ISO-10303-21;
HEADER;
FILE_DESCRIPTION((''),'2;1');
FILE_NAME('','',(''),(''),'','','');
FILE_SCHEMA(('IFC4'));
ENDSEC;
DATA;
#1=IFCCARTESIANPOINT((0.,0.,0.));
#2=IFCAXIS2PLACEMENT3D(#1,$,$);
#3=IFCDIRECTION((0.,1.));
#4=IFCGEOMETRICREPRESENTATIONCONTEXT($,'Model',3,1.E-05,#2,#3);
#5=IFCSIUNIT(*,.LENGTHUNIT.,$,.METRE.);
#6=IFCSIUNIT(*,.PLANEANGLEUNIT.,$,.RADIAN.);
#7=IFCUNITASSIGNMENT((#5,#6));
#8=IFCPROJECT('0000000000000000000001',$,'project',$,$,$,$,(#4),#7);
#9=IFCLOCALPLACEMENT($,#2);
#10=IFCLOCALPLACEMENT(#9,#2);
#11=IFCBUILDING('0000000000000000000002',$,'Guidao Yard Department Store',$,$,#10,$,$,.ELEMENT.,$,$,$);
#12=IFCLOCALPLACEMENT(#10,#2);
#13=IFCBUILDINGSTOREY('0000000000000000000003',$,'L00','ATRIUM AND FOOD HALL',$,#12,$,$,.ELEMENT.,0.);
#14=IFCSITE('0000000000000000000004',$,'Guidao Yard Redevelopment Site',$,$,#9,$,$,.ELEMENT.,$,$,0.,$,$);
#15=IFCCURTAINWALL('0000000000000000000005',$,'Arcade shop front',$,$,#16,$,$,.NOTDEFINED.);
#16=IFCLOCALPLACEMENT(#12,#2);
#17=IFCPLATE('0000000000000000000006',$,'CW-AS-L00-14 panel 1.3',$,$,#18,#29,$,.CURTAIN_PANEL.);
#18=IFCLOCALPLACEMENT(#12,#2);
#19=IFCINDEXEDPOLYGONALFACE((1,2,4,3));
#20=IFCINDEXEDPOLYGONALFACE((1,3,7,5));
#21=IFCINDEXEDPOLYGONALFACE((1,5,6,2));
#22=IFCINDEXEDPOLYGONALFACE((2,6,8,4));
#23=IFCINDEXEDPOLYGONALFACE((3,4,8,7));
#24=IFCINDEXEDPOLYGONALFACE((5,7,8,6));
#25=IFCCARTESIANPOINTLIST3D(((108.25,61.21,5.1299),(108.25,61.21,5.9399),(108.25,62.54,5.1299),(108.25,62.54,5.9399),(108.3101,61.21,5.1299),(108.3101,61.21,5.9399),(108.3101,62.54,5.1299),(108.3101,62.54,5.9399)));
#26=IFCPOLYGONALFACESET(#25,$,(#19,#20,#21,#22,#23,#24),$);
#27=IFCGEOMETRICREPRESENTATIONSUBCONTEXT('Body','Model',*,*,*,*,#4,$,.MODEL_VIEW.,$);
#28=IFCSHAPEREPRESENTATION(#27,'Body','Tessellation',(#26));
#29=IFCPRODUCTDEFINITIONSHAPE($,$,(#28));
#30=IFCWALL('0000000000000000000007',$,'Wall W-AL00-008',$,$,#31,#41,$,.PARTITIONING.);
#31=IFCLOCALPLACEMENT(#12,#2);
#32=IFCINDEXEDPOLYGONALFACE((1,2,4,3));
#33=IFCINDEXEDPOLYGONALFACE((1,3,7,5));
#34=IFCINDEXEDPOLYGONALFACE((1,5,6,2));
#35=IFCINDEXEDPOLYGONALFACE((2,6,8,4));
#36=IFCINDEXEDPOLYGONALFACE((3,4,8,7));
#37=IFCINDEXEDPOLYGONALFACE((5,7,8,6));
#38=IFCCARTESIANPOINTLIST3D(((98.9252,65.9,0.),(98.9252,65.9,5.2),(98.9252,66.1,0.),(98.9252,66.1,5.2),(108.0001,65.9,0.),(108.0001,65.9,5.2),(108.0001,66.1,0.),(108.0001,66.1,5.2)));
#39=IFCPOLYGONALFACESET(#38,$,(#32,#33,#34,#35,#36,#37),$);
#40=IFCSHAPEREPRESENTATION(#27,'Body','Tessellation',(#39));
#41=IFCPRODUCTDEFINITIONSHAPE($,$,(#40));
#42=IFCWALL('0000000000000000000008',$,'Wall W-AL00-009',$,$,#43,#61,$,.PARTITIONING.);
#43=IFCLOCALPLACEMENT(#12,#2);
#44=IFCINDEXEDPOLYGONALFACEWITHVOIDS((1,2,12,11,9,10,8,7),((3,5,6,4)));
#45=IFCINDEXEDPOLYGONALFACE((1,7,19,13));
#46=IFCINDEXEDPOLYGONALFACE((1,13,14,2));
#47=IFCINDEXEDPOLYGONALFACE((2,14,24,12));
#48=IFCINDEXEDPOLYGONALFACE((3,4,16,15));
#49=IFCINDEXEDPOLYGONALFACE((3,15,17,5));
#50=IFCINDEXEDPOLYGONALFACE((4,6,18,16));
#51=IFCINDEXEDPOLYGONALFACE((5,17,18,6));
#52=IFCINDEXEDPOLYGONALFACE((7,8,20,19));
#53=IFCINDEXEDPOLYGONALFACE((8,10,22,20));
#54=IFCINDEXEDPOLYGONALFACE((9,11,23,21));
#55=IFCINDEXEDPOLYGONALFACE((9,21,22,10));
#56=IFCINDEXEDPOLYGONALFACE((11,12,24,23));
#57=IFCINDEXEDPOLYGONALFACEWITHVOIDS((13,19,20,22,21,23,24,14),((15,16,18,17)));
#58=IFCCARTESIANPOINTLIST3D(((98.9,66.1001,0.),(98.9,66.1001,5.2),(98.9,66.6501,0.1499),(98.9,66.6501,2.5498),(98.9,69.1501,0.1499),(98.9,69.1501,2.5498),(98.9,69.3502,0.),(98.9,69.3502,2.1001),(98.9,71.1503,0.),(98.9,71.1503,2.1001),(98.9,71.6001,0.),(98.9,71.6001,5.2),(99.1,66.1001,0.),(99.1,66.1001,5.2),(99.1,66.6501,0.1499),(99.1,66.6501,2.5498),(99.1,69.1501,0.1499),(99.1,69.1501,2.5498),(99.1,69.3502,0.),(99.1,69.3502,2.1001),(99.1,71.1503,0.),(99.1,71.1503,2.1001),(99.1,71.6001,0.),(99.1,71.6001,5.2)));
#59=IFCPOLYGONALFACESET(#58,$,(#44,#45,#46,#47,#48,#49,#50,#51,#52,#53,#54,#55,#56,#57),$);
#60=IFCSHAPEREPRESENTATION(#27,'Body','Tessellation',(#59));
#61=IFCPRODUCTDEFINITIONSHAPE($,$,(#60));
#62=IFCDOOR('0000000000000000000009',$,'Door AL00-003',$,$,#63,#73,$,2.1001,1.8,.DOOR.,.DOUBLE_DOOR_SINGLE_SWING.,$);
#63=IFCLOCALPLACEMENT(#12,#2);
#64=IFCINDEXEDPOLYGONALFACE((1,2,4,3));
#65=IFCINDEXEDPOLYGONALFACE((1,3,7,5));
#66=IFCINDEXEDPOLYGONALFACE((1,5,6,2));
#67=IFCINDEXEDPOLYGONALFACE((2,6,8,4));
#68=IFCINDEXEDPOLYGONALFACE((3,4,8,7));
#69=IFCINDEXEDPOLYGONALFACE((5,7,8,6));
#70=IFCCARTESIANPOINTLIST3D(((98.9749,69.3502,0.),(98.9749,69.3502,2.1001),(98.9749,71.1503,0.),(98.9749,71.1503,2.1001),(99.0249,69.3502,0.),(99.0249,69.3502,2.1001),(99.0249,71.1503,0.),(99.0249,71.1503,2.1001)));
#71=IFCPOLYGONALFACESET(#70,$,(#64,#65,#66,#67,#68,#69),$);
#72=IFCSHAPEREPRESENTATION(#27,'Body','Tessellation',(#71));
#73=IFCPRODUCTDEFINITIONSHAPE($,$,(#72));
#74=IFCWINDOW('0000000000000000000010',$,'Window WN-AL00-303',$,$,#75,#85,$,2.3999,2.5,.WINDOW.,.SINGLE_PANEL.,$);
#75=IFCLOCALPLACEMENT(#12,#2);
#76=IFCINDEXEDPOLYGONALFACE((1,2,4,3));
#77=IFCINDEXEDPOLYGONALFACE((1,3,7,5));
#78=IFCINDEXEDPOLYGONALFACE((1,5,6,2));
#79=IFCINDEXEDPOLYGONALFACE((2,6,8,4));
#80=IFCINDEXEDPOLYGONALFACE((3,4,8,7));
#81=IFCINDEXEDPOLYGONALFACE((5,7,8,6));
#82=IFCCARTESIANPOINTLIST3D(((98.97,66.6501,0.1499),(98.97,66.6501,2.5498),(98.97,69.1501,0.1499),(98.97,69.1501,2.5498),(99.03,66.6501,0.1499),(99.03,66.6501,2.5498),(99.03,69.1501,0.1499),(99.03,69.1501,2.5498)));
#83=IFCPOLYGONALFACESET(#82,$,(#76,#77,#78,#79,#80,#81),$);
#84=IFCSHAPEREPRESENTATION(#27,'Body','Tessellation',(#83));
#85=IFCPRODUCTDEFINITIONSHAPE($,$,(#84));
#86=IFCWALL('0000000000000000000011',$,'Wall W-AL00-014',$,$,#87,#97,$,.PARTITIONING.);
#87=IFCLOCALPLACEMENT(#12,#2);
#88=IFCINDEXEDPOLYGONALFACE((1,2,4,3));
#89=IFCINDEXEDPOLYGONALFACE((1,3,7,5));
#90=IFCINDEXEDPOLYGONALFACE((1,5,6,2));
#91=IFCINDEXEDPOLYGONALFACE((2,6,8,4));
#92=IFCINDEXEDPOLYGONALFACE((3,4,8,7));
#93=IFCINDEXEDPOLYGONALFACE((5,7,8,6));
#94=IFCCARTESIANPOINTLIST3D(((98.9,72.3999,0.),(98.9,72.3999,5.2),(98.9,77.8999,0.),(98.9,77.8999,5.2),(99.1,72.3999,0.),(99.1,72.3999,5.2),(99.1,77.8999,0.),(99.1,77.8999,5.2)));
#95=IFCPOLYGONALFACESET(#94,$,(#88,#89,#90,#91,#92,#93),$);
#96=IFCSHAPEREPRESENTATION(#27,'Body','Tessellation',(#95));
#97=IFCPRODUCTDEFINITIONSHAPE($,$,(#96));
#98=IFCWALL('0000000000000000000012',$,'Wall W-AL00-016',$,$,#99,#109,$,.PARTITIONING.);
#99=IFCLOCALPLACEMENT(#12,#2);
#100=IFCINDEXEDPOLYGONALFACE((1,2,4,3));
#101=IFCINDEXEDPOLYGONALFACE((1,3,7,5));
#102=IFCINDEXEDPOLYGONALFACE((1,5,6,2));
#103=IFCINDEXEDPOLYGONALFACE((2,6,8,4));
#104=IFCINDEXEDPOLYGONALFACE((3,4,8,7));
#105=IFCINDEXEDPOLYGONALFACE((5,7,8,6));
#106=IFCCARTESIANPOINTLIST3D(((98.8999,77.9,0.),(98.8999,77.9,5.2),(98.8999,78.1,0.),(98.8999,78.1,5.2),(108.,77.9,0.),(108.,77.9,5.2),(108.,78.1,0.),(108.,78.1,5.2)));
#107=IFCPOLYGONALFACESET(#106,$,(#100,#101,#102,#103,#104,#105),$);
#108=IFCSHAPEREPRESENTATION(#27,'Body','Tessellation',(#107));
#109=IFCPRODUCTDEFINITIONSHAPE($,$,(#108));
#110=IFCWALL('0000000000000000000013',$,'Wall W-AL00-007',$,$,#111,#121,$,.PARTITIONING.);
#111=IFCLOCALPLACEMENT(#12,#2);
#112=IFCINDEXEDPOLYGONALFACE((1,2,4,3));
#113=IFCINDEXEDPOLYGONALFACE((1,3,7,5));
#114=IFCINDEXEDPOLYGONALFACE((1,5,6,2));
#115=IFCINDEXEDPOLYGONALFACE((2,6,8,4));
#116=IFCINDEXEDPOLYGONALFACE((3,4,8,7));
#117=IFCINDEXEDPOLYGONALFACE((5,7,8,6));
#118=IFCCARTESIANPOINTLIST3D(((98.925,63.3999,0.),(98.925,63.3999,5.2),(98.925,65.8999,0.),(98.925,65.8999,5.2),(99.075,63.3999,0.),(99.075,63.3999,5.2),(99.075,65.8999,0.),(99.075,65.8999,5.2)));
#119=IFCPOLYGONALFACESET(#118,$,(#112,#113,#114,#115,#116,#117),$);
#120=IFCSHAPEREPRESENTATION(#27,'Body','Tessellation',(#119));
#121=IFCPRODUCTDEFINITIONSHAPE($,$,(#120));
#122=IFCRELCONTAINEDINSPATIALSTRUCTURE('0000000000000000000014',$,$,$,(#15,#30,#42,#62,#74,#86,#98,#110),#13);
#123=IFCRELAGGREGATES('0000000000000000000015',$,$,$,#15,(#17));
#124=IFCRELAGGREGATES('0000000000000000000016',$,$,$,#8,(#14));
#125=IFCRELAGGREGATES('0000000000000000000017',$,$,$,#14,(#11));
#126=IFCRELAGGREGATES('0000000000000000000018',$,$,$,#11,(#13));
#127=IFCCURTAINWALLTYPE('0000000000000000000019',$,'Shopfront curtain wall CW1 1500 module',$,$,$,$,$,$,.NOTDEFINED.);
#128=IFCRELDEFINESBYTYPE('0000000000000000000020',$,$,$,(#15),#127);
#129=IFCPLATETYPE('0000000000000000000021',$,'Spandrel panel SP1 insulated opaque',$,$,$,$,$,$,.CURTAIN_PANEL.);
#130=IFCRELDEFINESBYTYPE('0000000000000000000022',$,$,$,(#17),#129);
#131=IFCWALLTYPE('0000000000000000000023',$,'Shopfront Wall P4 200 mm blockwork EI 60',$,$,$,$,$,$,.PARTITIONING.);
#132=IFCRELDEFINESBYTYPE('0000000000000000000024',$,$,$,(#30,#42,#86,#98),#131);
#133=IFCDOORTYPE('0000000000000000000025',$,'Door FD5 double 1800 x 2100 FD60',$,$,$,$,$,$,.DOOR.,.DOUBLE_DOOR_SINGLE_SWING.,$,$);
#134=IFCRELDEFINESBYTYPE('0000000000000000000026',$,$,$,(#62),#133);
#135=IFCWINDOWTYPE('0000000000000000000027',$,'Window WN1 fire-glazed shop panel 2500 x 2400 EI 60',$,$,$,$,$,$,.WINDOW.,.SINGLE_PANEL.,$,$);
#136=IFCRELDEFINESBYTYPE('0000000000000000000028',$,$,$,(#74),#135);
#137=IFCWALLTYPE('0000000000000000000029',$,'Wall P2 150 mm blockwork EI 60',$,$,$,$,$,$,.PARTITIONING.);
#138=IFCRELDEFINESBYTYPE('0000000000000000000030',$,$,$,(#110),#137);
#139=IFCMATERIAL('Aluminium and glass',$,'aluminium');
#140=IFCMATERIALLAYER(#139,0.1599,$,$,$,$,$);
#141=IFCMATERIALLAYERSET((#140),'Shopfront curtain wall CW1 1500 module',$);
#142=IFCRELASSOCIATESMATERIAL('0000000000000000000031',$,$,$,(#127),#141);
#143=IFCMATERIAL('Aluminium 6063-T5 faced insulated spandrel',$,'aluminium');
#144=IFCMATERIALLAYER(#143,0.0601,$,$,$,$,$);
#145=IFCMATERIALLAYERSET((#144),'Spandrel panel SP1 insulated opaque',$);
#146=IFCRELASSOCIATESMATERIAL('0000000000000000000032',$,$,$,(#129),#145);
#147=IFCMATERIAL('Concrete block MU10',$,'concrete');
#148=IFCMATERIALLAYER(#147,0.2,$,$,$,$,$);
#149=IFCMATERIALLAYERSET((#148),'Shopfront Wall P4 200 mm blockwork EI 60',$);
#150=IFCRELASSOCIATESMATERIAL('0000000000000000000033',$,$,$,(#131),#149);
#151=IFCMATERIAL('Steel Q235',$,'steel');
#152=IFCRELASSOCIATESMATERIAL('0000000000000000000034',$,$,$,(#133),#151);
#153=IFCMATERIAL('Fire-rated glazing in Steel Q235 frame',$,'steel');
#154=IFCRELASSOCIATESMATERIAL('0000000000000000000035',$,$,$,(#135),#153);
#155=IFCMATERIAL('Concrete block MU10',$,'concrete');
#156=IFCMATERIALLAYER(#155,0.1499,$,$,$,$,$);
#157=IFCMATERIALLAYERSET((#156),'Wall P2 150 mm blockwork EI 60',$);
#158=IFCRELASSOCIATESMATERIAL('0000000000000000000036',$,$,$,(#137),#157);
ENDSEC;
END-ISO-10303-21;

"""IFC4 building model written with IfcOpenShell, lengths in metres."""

from ifc_helpers import new_model, si_unit, direction, frame, frame_2d, origin, origin_2d, place, context, subcontext, project, spatial, rectangle, extrude, material, layer, layer_set, type_object, element, fill, aggregate, save


model = new_model("IFC4")

# Units and contexts
model_context = context("Model", 3, precision=1e-05, world=origin(), true_north=direction((0.0, 1.0)))
body_context = subcontext(model_context, "Body", "Model", "MODEL_VIEW")
ifc_project = project(units=[si_unit("LENGTHUNIT", "METRE"), si_unit("PLANEANGLEUNIT", "RADIAN")], contexts=[model_context])

# Site, building, storey
site_placement = place(None, origin())
site = spatial("IfcSite", under=ifc_project, at=site_placement, Name="Guidao Yard Redevelopment Site", CompositionType="ELEMENT", RefElevation=0.0)
building_placement = place(site_placement, origin())
building = spatial("IfcBuilding", under=site, at=building_placement, Name="Guidao Yard Department Store", CompositionType="ELEMENT")
storey_placement = place(building_placement, origin())
storey = spatial("IfcBuildingStorey", under=building, at=storey_placement, Name="L00", Description="ATRIUM AND FOOD HALL", CompositionType="ELEMENT", Elevation=0.0)

# Curtain wall
ifc_material_1 = material(Name="Aluminium and glass", Category="aluminium")
ifc_layer_1 = layer(ifc_material_1, 0.1599)
ifc_layer_set_1 = layer_set([ifc_layer_1], Name="Shopfront curtain wall CW1 1500 module")
curtain_wall_type = type_object("IfcCurtainWallType", Name="Shopfront curtain wall CW1 1500 module", PredefinedType="NOTDEFINED", material=ifc_layer_set_1)
curtain_wall_1_placement = place(storey_placement, origin())
curtain_wall_1 = element("IfcCurtainWall", 1, at=curtain_wall_1_placement, inside=storey, type_object=curtain_wall_type, Name="Arcade shop front", PredefinedType="NOTDEFINED")

# Plate
ifc_material_2 = material(Name="Aluminium 6063-T5 faced insulated spandrel", Category="aluminium")
ifc_layer_2 = layer(ifc_material_2, 0.0601)
ifc_layer_set_2 = layer_set([ifc_layer_2], Name="Spandrel panel SP1 insulated opaque")
plate_type = type_object("IfcPlateType", Name="Spandrel panel SP1 insulated opaque", PredefinedType="CURTAIN_PANEL", material=ifc_layer_set_2)
plate_placement = place(storey_placement, frame((108.28, 61.875, 5.1299), z_axis=(0.0, 0.0, 1.0), x_axis=(0.0, -1.0, 0.0)))
plate = element("IfcPlate", 2, at=plate_placement, type_object=plate_type, Name="CW-AS-L00-14 panel 1.3", PredefinedType="CURTAIN_PANEL", context=body_context, shape_type="SweptSolid", body=[
    extrude(rectangle(XDim=1.3301, YDim=0.0601, at=origin_2d()), origin(), (0.0, 0.0, 1.0), 0.8101),
])
aggregate(curtain_wall_1, [plate])

# Wall
ifc_material_3 = material(Name="Concrete block MU10", Category="concrete")
ifc_layer_3 = layer(ifc_material_3, 0.2)
ifc_layer_set_3 = layer_set([ifc_layer_3], Name="Shopfront Wall P4 200 mm blockwork EI 60")
wall_type_1 = type_object("IfcWallType", Name="Shopfront Wall P4 200 mm blockwork EI 60", PredefinedType="PARTITIONING", material=ifc_layer_set_3)
wall_1_placement = place(storey_placement, frame((98.925, 66.0, 0.0), z_axis=(0.0, 0.0, 1.0), x_axis=(1.0, 0.0, 0.0)))
element("IfcWall", 3, at=wall_1_placement, inside=storey, type_object=wall_type_1, Name="Wall W-AL00-008", PredefinedType="PARTITIONING", context=body_context, shape_type="SweptSolid", body=[
    extrude(rectangle(XDim=9.075, YDim=0.2, at=frame_2d((4.5376, 0.0))), origin(), (0.0, 0.0, 1.0), 5.2),
])

# Wall, openings, door, window
wall_2_placement = place(storey_placement, frame((99.0, 66.1001, 0.0), z_axis=(0.0, 0.0, 1.0), x_axis=(0.0, 1.0, 0.0)))
wall_2 = element("IfcWall", 4, at=wall_2_placement, inside=storey, type_object=wall_type_1, Name="Wall W-AL00-009", PredefinedType="PARTITIONING", context=body_context, shape_type="SweptSolid", body=[
    extrude(rectangle(XDim=5.5, YDim=0.2, at=frame_2d((2.75, 0.0))), origin(), (0.0, 0.0, 1.0), 5.2),
])
opening_1_placement = place(wall_2_placement, frame((5.05, 0.0, 0.0), z_axis=(0.0, 0.0, 1.0), x_axis=(-1.0, 0.0, 0.0)))
opening_1 = element("IfcOpeningElement", 5, at=opening_1_placement, cuts=wall_2, PredefinedType="OPENING", context=body_context, shape_type="SweptSolid", body=[
    extrude(rectangle(XDim=1.8, YDim=2.1001, at=frame_2d((0.8999, 1.05))), frame((0.0, 0.1099, 0.0), z_axis=(0.0, -1.0, 0.0), x_axis=(1.0, 0.0, 0.0)), (0.0, 0.0, 1.0), 0.22),
])
opening_2_placement = place(wall_2_placement, frame((0.55, 0.0, 0.1499)))
opening_2 = element("IfcOpeningElement", 6, at=opening_2_placement, cuts=wall_2, PredefinedType="OPENING", context=body_context, shape_type="SweptSolid", body=[
    extrude(rectangle(XDim=2.5, YDim=2.3999, at=frame_2d((1.25, 1.2))), frame((0.0, 0.1099, 0.0), z_axis=(0.0, -1.0, 0.0), x_axis=(1.0, 0.0, 0.0)), (0.0, 0.0, 1.0), 0.22),
])
ifc_material_4 = material(Name="Steel Q235", Category="steel")
door_type = type_object("IfcDoorType", Name="Door FD5 double 1800 x 2100 FD60", OperationType="DOUBLE_DOOR_SINGLE_SWING", PredefinedType="DOOR", material=ifc_material_4)
door_placement = place(opening_1_placement, origin())
door = element("IfcDoor", 7, at=door_placement, inside=storey, type_object=door_type, Name="Door AL00-003", OperationType="DOUBLE_DOOR_SINGLE_SWING", OverallHeight=2.1001, OverallWidth=1.8, PredefinedType="DOOR", context=body_context, shape_type="SweptSolid", body=[
    extrude(rectangle(XDim=1.8, YDim=2.1001, at=frame_2d((0.8999, 1.05))), frame((0.0, 0.0249, 0.0), z_axis=(0.0, -1.0, 0.0), x_axis=(1.0, 0.0, 0.0)), (0.0, 0.0, 1.0), 0.05),
])
fill(opening_1, door)
ifc_material_5 = material(Name="Fire-rated glazing in Steel Q235 frame", Category="steel")
window_type = type_object("IfcWindowType", Name="Window WN1 fire-glazed shop panel 2500 x 2400 EI 60", PartitioningType="SINGLE_PANEL", PredefinedType="WINDOW", material=ifc_material_5)
window_placement = place(opening_2_placement, origin())
window = element("IfcWindow", 8, at=window_placement, inside=storey, type_object=window_type, Name="Window WN-AL00-303", OverallHeight=2.3999, OverallWidth=2.5, PartitioningType="SINGLE_PANEL", PredefinedType="WINDOW", context=body_context, shape_type="SweptSolid", body=[
    extrude(rectangle(XDim=2.5, YDim=2.3999, at=frame_2d((1.25, 1.2))), frame((0.0, 0.03, 0.0), z_axis=(0.0, -1.0, 0.0), x_axis=(1.0, 0.0, 0.0)), (0.0, 0.0, 1.0), 0.0601),
])
fill(opening_2, window)

# Walls
wall_3_placement = place(storey_placement, frame((99.0, 72.3999, 0.0), z_axis=(0.0, 0.0, 1.0), x_axis=(0.0, 1.0, 0.0)))
element("IfcWall", 9, at=wall_3_placement, inside=storey, type_object=wall_type_1, Name="Wall W-AL00-014", PredefinedType="PARTITIONING", context=body_context, shape_type="SweptSolid", body=[
    extrude(rectangle(XDim=5.5, YDim=0.2, at=frame_2d((2.75, 0.0))), origin(), (0.0, 0.0, 1.0), 5.2),
])
wall_4_placement = place(storey_placement, frame((98.8999, 78.0, 0.0), z_axis=(0.0, 0.0, 1.0), x_axis=(1.0, 0.0, 0.0)))
element("IfcWall", 10, at=wall_4_placement, inside=storey, type_object=wall_type_1, Name="Wall W-AL00-016", PredefinedType="PARTITIONING", context=body_context, shape_type="SweptSolid", body=[
    extrude(rectangle(XDim=9.1001, YDim=0.2, at=frame_2d((4.55, 0.0))), origin(), (0.0, 0.0, 1.0), 5.2),
])
ifc_material_6 = material(Name="Concrete block MU10", Category="concrete")
ifc_layer_4 = layer(ifc_material_6, 0.1499)
ifc_layer_set_4 = layer_set([ifc_layer_4], Name="Wall P2 150 mm blockwork EI 60")
wall_type_2 = type_object("IfcWallType", Name="Wall P2 150 mm blockwork EI 60", PredefinedType="PARTITIONING", material=ifc_layer_set_4)
wall_5_placement = place(storey_placement, frame((99.0, 63.3999, 0.0), z_axis=(0.0, 0.0, 1.0), x_axis=(0.0, 1.0, 0.0)))
element("IfcWall", 11, at=wall_5_placement, inside=storey, type_object=wall_type_2, Name="Wall W-AL00-007", PredefinedType="PARTITIONING", context=body_context, shape_type="SweptSolid", body=[
    extrude(rectangle(XDim=2.5, YDim=0.1499, at=frame_2d((1.25, 0.0))), origin(), (0.0, 0.0, 1.0), 5.2),
])

save(model, "model.ifc")
